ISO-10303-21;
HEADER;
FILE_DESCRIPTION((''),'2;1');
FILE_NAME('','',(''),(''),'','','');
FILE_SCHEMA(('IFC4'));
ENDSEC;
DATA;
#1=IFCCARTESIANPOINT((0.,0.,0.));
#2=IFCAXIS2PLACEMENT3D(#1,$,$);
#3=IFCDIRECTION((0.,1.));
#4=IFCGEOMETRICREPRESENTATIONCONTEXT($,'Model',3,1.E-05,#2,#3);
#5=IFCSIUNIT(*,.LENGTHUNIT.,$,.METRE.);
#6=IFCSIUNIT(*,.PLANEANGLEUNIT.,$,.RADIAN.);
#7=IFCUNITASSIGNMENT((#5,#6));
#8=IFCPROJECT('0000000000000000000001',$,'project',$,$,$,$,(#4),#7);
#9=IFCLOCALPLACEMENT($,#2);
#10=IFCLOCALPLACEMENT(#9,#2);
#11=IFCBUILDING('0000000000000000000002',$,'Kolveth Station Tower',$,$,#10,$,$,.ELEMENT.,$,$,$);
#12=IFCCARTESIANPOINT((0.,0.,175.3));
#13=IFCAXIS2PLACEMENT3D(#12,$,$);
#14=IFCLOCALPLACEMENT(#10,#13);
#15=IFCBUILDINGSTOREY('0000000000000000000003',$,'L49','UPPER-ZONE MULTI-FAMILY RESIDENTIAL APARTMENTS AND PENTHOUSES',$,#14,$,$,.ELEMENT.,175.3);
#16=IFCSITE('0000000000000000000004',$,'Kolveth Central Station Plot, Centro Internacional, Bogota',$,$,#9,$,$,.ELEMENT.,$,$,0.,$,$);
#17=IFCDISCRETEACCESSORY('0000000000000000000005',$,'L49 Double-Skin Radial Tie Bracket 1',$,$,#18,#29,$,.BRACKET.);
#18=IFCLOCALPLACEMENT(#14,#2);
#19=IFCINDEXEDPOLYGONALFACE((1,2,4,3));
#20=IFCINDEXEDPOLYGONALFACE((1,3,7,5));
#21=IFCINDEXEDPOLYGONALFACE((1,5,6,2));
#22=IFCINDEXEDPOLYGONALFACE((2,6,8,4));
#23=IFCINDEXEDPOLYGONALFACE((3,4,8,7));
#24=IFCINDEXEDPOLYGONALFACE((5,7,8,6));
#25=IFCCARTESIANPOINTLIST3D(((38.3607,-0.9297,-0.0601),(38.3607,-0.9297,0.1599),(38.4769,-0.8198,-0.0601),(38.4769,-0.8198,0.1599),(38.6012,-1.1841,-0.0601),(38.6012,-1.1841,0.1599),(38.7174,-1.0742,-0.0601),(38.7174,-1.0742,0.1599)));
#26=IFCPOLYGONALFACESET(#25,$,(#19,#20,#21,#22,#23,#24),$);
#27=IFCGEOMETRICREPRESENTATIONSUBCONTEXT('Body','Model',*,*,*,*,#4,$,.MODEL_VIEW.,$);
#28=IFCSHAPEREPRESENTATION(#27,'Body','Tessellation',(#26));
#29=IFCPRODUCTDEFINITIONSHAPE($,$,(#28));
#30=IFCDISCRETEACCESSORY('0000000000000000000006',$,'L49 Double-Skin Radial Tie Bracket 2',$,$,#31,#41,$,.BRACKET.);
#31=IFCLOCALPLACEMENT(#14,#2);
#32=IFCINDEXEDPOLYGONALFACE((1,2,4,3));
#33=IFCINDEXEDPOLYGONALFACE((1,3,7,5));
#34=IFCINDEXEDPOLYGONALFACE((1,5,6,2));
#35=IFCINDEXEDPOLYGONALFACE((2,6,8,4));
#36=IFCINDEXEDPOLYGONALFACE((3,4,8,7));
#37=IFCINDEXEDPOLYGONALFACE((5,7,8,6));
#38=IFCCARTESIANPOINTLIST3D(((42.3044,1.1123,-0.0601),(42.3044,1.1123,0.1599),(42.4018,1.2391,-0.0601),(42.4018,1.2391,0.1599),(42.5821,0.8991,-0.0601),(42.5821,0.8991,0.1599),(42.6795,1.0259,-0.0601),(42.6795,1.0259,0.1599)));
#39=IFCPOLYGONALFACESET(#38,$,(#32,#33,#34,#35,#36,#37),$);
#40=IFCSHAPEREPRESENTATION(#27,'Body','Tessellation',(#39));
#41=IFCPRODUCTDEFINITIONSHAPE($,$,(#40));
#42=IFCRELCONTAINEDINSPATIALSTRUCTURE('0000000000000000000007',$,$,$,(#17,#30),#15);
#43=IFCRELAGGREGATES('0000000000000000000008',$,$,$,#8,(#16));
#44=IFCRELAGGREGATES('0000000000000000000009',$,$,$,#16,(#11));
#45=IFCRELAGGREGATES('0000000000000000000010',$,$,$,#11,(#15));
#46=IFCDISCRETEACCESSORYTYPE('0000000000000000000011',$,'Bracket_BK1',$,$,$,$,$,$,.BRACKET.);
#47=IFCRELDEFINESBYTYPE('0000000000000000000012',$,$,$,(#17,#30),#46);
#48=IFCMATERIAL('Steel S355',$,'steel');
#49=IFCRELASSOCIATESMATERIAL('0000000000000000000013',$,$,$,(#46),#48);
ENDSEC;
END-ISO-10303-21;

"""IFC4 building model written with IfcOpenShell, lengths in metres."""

from ifc_helpers import new_model, si_unit, direction, frame, origin, origin_2d, place, context, subcontext, project, spatial, rectangle, extrude, source, transform, mapped, material, type_object, element, save


model = new_model("IFC4")

# Units and contexts
model_context = context("Model", 3, precision=1e-05, world=origin(), true_north=direction((0.0, 1.0)))
body_context = subcontext(model_context, "Body", "Model", "MODEL_VIEW")
ifc_project = project(units=[si_unit("LENGTHUNIT", "METRE"), si_unit("PLANEANGLEUNIT", "RADIAN")], contexts=[model_context])

# Site, building, storey
site_placement = place(None, origin())
site = spatial("IfcSite", under=ifc_project, at=site_placement, Name="Kolveth Central Station Plot, Centro Internacional, Bogota", CompositionType="ELEMENT", RefElevation=0.0)
building_placement = place(site_placement, origin())
building = spatial("IfcBuilding", under=site, at=building_placement, Name="Kolveth Station Tower", CompositionType="ELEMENT")
storey_placement = place(building_placement, frame((0.0, 0.0, 175.3)))
storey = spatial("IfcBuildingStorey", under=building, at=storey_placement, Name="L49", Description="UPPER-ZONE MULTI-FAMILY RESIDENTIAL APARTMENTS AND PENTHOUSES", CompositionType="ELEMENT", Elevation=175.3)

# Discrete accessories
ifc_material_1 = material(Name="Steel S355", Category="steel")
discrete_accessory_type = type_object("IfcDiscreteAccessoryType", Name="Bracket_BK1", PredefinedType="BRACKET", material=ifc_material_1)
shared_shape_1 = source(origin(), body_context, "Body", "SweptSolid", [
    extrude(rectangle(XDim=0.3501, YDim=0.1599, at=origin_2d()), origin(), (0.0, 0.0, 1.0), 0.22),
])
for number, where, z_axis, x_axis, name in (
    (1, (38.5391, -1.002, -0.0601), (0.0, 0.0, 1.0), (0.687088, -0.726575, 0.0), "L49 Double-Skin Radial Tie Bracket 1"),
    (2, (42.4919, 1.0691, -0.0601), (0.0, 0.0, 1.0), (0.793141, -0.609038, 0.0), "L49 Double-Skin Radial Tie Bracket 2"),
):
    element("IfcDiscreteAccessory", number, at=place(storey_placement, frame(where, z_axis=z_axis, x_axis=x_axis)), inside=storey, type_object=discrete_accessory_type, Name=name, PredefinedType="BRACKET", context=body_context, shape_type="MappedRepresentation", body=[
        mapped(shared_shape_1, transform((0.0, 0.0, 0.0), x_axis=(1.0, 0.0, 0.0), y_axis=(0.0, 1.0, 0.0), z_axis=(0.0, 0.0, 1.0), scale=1.0)),
    ])

save(model, "model.ifc")
